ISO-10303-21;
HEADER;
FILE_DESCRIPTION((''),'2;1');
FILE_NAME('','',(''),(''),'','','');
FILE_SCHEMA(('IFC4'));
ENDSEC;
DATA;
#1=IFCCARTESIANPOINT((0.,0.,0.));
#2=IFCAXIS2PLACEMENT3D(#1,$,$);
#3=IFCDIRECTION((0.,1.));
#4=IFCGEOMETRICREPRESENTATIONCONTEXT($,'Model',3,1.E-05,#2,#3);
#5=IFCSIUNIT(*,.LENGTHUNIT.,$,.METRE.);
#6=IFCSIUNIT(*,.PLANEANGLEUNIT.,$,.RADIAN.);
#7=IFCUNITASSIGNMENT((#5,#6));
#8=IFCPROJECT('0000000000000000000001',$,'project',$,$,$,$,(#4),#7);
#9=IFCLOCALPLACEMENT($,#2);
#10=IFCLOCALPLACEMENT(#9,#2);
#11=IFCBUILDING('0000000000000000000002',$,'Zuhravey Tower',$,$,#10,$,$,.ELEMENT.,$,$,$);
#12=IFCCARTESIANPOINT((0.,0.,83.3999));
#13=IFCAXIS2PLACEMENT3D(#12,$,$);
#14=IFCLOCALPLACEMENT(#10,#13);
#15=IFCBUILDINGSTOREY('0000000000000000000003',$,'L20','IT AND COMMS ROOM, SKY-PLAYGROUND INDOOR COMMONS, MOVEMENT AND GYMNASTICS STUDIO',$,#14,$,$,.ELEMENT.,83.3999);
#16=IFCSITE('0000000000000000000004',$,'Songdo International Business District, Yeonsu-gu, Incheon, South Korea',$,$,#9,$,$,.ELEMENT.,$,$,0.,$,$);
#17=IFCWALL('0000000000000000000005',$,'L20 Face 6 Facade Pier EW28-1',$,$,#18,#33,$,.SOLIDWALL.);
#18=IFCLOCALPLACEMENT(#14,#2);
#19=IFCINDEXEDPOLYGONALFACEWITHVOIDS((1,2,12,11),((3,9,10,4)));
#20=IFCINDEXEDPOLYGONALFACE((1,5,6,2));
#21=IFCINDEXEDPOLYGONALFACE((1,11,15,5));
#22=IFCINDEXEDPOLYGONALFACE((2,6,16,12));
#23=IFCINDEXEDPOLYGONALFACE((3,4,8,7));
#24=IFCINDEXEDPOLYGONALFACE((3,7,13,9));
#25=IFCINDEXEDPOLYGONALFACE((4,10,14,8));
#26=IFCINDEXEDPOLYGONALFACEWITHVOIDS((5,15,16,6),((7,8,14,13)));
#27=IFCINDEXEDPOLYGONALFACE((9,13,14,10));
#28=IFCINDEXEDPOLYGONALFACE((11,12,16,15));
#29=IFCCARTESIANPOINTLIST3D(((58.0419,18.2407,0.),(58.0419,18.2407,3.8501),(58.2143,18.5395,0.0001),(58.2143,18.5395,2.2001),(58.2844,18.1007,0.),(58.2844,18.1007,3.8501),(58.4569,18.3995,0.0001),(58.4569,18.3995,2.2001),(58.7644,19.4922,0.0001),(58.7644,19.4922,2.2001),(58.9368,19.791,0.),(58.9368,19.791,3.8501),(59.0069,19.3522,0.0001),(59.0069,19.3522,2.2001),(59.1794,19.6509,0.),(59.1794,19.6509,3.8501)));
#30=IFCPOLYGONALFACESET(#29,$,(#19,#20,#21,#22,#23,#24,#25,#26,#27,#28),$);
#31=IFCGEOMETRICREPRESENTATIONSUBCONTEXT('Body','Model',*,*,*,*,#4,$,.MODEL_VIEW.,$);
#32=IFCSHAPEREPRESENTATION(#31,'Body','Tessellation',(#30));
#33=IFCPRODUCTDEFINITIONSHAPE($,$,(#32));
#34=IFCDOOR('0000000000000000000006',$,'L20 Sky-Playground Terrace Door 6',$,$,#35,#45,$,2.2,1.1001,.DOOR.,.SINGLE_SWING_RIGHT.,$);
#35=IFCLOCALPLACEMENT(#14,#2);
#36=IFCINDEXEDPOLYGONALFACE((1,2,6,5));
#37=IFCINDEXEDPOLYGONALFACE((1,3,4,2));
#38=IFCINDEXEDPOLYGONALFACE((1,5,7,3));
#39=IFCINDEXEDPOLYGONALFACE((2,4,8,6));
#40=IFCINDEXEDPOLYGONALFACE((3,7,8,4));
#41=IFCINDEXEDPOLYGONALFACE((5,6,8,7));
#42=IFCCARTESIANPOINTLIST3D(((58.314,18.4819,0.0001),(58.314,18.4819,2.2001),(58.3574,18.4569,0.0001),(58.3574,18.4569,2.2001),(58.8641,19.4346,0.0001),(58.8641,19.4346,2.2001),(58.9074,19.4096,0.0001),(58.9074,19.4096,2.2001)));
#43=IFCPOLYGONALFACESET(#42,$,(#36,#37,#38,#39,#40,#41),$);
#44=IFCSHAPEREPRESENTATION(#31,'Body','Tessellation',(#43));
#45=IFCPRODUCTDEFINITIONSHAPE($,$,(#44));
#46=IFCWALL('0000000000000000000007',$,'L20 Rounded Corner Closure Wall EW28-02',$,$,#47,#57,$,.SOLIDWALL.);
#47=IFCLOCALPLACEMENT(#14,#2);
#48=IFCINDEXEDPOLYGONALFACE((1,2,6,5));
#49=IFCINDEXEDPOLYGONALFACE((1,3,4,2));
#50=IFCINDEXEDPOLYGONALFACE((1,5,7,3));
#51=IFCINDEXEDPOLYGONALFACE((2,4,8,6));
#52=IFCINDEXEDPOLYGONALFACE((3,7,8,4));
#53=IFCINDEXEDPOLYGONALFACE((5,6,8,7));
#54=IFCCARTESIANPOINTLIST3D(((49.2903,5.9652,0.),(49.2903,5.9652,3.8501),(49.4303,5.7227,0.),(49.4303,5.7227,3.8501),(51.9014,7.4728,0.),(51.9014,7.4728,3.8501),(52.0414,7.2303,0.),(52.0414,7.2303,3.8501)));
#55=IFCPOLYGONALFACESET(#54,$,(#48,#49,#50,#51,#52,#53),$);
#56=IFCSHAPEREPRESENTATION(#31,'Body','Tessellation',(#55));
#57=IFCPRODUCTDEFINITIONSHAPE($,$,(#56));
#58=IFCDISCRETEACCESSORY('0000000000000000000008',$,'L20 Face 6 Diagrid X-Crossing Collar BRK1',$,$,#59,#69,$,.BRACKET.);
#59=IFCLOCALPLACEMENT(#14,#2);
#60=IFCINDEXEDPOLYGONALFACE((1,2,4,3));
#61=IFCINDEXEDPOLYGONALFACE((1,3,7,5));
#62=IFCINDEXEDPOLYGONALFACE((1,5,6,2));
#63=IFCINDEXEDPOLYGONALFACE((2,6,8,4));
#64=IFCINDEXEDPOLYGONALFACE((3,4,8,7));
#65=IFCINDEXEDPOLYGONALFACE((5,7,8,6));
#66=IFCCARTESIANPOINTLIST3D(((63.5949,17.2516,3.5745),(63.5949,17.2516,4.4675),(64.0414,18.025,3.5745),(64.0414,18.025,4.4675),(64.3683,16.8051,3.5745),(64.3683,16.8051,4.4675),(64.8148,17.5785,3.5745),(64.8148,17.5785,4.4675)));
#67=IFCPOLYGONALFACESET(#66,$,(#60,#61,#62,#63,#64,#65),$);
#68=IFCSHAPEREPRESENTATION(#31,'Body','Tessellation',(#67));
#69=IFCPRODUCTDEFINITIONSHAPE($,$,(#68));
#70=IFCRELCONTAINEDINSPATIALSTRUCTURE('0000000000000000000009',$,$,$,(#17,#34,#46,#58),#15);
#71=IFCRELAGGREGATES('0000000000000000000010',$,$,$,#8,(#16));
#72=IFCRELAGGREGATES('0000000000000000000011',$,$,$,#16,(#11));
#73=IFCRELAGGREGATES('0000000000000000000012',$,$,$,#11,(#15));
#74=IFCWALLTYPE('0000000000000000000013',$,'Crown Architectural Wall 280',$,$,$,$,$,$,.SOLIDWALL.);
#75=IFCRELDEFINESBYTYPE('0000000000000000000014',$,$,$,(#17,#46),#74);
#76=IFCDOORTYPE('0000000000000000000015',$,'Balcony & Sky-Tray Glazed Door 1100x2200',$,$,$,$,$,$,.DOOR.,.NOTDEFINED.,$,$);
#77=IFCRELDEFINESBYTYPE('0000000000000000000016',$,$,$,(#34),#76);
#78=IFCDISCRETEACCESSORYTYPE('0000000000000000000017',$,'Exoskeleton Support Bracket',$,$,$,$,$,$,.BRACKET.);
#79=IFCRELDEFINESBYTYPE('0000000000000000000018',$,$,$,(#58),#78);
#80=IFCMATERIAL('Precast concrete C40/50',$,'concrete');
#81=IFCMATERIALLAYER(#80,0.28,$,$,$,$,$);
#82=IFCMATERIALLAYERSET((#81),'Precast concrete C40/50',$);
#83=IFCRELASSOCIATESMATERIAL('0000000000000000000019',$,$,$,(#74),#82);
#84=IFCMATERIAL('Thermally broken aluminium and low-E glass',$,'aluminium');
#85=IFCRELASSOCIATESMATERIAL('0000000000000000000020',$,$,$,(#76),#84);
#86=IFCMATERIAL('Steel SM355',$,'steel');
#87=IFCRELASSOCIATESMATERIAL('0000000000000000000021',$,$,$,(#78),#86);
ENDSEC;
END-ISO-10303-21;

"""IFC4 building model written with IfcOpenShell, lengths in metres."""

from ifc_helpers import new_model, si_unit, direction, frame, frame_2d, origin, origin_2d, place, context, subcontext, project, spatial, rectangle, extrude, material, layer, layer_set, type_object, element, fill, save


model = new_model("IFC4")

# Units and contexts
model_context = context("Model", 3, precision=1e-05, world=origin(), true_north=direction((0.0, 1.0)))
body_context = subcontext(model_context, "Body", "Model", "MODEL_VIEW")
ifc_project = project(units=[si_unit("LENGTHUNIT", "METRE"), si_unit("PLANEANGLEUNIT", "RADIAN")], contexts=[model_context])

# Site, building, storey
site_placement = place(None, origin())
site = spatial("IfcSite", under=ifc_project, at=site_placement, Name="Songdo International Business District, Yeonsu-gu, Incheon, South Korea", CompositionType="ELEMENT", RefElevation=0.0)
building_placement = place(site_placement, origin())
building = spatial("IfcBuilding", under=site, at=building_placement, Name="Zuhravey Tower", CompositionType="ELEMENT")
storey_placement = place(building_placement, frame((0.0, 0.0, 83.3999)))
storey = spatial("IfcBuildingStorey", under=building, at=storey_placement, Name="L20", Description="IT AND COMMS ROOM, SKY-PLAYGROUND INDOOR COMMONS, MOVEMENT AND GYMNASTICS STUDIO", CompositionType="ELEMENT", Elevation=83.3999)

# Shared definitions
ifc_material_1 = material(Name="Steel SM355", Category="steel")

# Wall, opening, door
ifc_material_2 = material(Name="Precast concrete C40/50", Category="concrete")
ifc_layer_1 = layer(ifc_material_2, 0.28)
ifc_layer_set_1 = layer_set([ifc_layer_1], Name="Precast concrete C40/50")
wall_type_1 = type_object("IfcWallType", Name="Crown Architectural Wall 280", PredefinedType="SOLIDWALL", material=ifc_layer_set_1)
wall_1_placement = place(storey_placement, frame((59.0581, 19.7209, 0.0), z_axis=(0.0, 0.0, 1.0), x_axis=(-0.499982, -0.866036, 0.0)))
wall_1 = element("IfcWall", 1, at=wall_1_placement, inside=storey, type_object=wall_type_1, Name="L20 Face 6 Facade Pier EW28-1", PredefinedType="SOLIDWALL", context=body_context, shape_type="SweptSolid", body=[
    extrude(rectangle(XDim=1.79, YDim=0.28, at=frame_2d((0.895, 0.0))), origin(), (0.0, 0.0, 1.0), 3.8501),
])
opening_1_placement = place(wall_1_placement, frame((0.345, 0.0, 0.0)))
opening_1 = element("IfcOpeningElement", 2, at=opening_1_placement, cuts=wall_1, PredefinedType="OPENING", context=body_context, shape_type="SweptSolid", body=[
    extrude(rectangle(XDim=1.1001, YDim=2.2, at=frame_2d((0.55, 1.1001))), frame((0.0, 0.1521, 0.0), z_axis=(0.0, -1.0, 0.0), x_axis=(1.0, 0.0, 0.0)), (0.0, 0.0, 1.0), 0.304),
])
ifc_material_3 = material(Name="Thermally broken aluminium and low-E glass", Category="aluminium")
door_type_1 = type_object("IfcDoorType", Name="Balcony & Sky-Tray Glazed Door 1100x2200", OperationType="NOTDEFINED", PredefinedType="DOOR", material=ifc_material_3)
door_1_placement = place(opening_1_placement, frame((1.1001, 0.0, 0.0), z_axis=(0.0, 0.0, 1.0), x_axis=(-1.0, 0.0, 0.0)))
door_1 = element("IfcDoor", 3, at=door_1_placement, inside=storey, type_object=door_type_1, Name="L20 Sky-Playground Terrace Door 6", OperationType="SINGLE_SWING_RIGHT", OverallHeight=2.2, OverallWidth=1.1001, PredefinedType="DOOR", context=body_context, shape_type="SweptSolid", body=[
    extrude(rectangle(XDim=1.1001, YDim=2.2, at=frame_2d((0.55, 1.1001))), frame((0.0, 0.0249, 0.0), z_axis=(0.0, -1.0, 0.0), x_axis=(1.0, 0.0, 0.0)), (0.0, 0.0, 1.0), 0.05),
])
fill(opening_1, door_1)

# Wall
wall_2_placement = place(storey_placement, frame((51.9714, 7.3516, 0.0), z_axis=(0.0, 0.0, 1.0), x_axis=(-0.866017, -0.500015, 0.0)))
element("IfcWall", 4, at=wall_2_placement, inside=storey, type_object=wall_type_1, Name="L20 Rounded Corner Closure Wall EW28-02", PredefinedType="SOLIDWALL", context=body_context, shape_type="SweptSolid", body=[
    extrude(rectangle(XDim=3.0151, YDim=0.28, at=frame_2d((1.5076, 0.0))), origin(), (0.0, 0.0, 1.0), 3.8501),
])

# Discrete accessory
discrete_accessory_type = type_object("IfcDiscreteAccessoryType", Name="Exoskeleton Support Bracket", PredefinedType="BRACKET", material=ifc_material_1)
discrete_accessory_placement = place(storey_placement, frame((64.2048, 17.415, 3.5745), z_axis=(0.0, 0.0, 1.0), x_axis=(0.5, 0.866025, 0.0)))
element("IfcDiscreteAccessory", 5, at=discrete_accessory_placement, inside=storey, type_object=discrete_accessory_type, Name="L20 Face 6 Diagrid X-Crossing Collar BRK1", PredefinedType="BRACKET", context=body_context, shape_type="SweptSolid", body=[
    extrude(rectangle(XDim=0.8931, YDim=0.8931, at=origin_2d()), origin(), (0.0, 0.0, 1.0), 0.8931),
])

save(model, "model.ifc")
